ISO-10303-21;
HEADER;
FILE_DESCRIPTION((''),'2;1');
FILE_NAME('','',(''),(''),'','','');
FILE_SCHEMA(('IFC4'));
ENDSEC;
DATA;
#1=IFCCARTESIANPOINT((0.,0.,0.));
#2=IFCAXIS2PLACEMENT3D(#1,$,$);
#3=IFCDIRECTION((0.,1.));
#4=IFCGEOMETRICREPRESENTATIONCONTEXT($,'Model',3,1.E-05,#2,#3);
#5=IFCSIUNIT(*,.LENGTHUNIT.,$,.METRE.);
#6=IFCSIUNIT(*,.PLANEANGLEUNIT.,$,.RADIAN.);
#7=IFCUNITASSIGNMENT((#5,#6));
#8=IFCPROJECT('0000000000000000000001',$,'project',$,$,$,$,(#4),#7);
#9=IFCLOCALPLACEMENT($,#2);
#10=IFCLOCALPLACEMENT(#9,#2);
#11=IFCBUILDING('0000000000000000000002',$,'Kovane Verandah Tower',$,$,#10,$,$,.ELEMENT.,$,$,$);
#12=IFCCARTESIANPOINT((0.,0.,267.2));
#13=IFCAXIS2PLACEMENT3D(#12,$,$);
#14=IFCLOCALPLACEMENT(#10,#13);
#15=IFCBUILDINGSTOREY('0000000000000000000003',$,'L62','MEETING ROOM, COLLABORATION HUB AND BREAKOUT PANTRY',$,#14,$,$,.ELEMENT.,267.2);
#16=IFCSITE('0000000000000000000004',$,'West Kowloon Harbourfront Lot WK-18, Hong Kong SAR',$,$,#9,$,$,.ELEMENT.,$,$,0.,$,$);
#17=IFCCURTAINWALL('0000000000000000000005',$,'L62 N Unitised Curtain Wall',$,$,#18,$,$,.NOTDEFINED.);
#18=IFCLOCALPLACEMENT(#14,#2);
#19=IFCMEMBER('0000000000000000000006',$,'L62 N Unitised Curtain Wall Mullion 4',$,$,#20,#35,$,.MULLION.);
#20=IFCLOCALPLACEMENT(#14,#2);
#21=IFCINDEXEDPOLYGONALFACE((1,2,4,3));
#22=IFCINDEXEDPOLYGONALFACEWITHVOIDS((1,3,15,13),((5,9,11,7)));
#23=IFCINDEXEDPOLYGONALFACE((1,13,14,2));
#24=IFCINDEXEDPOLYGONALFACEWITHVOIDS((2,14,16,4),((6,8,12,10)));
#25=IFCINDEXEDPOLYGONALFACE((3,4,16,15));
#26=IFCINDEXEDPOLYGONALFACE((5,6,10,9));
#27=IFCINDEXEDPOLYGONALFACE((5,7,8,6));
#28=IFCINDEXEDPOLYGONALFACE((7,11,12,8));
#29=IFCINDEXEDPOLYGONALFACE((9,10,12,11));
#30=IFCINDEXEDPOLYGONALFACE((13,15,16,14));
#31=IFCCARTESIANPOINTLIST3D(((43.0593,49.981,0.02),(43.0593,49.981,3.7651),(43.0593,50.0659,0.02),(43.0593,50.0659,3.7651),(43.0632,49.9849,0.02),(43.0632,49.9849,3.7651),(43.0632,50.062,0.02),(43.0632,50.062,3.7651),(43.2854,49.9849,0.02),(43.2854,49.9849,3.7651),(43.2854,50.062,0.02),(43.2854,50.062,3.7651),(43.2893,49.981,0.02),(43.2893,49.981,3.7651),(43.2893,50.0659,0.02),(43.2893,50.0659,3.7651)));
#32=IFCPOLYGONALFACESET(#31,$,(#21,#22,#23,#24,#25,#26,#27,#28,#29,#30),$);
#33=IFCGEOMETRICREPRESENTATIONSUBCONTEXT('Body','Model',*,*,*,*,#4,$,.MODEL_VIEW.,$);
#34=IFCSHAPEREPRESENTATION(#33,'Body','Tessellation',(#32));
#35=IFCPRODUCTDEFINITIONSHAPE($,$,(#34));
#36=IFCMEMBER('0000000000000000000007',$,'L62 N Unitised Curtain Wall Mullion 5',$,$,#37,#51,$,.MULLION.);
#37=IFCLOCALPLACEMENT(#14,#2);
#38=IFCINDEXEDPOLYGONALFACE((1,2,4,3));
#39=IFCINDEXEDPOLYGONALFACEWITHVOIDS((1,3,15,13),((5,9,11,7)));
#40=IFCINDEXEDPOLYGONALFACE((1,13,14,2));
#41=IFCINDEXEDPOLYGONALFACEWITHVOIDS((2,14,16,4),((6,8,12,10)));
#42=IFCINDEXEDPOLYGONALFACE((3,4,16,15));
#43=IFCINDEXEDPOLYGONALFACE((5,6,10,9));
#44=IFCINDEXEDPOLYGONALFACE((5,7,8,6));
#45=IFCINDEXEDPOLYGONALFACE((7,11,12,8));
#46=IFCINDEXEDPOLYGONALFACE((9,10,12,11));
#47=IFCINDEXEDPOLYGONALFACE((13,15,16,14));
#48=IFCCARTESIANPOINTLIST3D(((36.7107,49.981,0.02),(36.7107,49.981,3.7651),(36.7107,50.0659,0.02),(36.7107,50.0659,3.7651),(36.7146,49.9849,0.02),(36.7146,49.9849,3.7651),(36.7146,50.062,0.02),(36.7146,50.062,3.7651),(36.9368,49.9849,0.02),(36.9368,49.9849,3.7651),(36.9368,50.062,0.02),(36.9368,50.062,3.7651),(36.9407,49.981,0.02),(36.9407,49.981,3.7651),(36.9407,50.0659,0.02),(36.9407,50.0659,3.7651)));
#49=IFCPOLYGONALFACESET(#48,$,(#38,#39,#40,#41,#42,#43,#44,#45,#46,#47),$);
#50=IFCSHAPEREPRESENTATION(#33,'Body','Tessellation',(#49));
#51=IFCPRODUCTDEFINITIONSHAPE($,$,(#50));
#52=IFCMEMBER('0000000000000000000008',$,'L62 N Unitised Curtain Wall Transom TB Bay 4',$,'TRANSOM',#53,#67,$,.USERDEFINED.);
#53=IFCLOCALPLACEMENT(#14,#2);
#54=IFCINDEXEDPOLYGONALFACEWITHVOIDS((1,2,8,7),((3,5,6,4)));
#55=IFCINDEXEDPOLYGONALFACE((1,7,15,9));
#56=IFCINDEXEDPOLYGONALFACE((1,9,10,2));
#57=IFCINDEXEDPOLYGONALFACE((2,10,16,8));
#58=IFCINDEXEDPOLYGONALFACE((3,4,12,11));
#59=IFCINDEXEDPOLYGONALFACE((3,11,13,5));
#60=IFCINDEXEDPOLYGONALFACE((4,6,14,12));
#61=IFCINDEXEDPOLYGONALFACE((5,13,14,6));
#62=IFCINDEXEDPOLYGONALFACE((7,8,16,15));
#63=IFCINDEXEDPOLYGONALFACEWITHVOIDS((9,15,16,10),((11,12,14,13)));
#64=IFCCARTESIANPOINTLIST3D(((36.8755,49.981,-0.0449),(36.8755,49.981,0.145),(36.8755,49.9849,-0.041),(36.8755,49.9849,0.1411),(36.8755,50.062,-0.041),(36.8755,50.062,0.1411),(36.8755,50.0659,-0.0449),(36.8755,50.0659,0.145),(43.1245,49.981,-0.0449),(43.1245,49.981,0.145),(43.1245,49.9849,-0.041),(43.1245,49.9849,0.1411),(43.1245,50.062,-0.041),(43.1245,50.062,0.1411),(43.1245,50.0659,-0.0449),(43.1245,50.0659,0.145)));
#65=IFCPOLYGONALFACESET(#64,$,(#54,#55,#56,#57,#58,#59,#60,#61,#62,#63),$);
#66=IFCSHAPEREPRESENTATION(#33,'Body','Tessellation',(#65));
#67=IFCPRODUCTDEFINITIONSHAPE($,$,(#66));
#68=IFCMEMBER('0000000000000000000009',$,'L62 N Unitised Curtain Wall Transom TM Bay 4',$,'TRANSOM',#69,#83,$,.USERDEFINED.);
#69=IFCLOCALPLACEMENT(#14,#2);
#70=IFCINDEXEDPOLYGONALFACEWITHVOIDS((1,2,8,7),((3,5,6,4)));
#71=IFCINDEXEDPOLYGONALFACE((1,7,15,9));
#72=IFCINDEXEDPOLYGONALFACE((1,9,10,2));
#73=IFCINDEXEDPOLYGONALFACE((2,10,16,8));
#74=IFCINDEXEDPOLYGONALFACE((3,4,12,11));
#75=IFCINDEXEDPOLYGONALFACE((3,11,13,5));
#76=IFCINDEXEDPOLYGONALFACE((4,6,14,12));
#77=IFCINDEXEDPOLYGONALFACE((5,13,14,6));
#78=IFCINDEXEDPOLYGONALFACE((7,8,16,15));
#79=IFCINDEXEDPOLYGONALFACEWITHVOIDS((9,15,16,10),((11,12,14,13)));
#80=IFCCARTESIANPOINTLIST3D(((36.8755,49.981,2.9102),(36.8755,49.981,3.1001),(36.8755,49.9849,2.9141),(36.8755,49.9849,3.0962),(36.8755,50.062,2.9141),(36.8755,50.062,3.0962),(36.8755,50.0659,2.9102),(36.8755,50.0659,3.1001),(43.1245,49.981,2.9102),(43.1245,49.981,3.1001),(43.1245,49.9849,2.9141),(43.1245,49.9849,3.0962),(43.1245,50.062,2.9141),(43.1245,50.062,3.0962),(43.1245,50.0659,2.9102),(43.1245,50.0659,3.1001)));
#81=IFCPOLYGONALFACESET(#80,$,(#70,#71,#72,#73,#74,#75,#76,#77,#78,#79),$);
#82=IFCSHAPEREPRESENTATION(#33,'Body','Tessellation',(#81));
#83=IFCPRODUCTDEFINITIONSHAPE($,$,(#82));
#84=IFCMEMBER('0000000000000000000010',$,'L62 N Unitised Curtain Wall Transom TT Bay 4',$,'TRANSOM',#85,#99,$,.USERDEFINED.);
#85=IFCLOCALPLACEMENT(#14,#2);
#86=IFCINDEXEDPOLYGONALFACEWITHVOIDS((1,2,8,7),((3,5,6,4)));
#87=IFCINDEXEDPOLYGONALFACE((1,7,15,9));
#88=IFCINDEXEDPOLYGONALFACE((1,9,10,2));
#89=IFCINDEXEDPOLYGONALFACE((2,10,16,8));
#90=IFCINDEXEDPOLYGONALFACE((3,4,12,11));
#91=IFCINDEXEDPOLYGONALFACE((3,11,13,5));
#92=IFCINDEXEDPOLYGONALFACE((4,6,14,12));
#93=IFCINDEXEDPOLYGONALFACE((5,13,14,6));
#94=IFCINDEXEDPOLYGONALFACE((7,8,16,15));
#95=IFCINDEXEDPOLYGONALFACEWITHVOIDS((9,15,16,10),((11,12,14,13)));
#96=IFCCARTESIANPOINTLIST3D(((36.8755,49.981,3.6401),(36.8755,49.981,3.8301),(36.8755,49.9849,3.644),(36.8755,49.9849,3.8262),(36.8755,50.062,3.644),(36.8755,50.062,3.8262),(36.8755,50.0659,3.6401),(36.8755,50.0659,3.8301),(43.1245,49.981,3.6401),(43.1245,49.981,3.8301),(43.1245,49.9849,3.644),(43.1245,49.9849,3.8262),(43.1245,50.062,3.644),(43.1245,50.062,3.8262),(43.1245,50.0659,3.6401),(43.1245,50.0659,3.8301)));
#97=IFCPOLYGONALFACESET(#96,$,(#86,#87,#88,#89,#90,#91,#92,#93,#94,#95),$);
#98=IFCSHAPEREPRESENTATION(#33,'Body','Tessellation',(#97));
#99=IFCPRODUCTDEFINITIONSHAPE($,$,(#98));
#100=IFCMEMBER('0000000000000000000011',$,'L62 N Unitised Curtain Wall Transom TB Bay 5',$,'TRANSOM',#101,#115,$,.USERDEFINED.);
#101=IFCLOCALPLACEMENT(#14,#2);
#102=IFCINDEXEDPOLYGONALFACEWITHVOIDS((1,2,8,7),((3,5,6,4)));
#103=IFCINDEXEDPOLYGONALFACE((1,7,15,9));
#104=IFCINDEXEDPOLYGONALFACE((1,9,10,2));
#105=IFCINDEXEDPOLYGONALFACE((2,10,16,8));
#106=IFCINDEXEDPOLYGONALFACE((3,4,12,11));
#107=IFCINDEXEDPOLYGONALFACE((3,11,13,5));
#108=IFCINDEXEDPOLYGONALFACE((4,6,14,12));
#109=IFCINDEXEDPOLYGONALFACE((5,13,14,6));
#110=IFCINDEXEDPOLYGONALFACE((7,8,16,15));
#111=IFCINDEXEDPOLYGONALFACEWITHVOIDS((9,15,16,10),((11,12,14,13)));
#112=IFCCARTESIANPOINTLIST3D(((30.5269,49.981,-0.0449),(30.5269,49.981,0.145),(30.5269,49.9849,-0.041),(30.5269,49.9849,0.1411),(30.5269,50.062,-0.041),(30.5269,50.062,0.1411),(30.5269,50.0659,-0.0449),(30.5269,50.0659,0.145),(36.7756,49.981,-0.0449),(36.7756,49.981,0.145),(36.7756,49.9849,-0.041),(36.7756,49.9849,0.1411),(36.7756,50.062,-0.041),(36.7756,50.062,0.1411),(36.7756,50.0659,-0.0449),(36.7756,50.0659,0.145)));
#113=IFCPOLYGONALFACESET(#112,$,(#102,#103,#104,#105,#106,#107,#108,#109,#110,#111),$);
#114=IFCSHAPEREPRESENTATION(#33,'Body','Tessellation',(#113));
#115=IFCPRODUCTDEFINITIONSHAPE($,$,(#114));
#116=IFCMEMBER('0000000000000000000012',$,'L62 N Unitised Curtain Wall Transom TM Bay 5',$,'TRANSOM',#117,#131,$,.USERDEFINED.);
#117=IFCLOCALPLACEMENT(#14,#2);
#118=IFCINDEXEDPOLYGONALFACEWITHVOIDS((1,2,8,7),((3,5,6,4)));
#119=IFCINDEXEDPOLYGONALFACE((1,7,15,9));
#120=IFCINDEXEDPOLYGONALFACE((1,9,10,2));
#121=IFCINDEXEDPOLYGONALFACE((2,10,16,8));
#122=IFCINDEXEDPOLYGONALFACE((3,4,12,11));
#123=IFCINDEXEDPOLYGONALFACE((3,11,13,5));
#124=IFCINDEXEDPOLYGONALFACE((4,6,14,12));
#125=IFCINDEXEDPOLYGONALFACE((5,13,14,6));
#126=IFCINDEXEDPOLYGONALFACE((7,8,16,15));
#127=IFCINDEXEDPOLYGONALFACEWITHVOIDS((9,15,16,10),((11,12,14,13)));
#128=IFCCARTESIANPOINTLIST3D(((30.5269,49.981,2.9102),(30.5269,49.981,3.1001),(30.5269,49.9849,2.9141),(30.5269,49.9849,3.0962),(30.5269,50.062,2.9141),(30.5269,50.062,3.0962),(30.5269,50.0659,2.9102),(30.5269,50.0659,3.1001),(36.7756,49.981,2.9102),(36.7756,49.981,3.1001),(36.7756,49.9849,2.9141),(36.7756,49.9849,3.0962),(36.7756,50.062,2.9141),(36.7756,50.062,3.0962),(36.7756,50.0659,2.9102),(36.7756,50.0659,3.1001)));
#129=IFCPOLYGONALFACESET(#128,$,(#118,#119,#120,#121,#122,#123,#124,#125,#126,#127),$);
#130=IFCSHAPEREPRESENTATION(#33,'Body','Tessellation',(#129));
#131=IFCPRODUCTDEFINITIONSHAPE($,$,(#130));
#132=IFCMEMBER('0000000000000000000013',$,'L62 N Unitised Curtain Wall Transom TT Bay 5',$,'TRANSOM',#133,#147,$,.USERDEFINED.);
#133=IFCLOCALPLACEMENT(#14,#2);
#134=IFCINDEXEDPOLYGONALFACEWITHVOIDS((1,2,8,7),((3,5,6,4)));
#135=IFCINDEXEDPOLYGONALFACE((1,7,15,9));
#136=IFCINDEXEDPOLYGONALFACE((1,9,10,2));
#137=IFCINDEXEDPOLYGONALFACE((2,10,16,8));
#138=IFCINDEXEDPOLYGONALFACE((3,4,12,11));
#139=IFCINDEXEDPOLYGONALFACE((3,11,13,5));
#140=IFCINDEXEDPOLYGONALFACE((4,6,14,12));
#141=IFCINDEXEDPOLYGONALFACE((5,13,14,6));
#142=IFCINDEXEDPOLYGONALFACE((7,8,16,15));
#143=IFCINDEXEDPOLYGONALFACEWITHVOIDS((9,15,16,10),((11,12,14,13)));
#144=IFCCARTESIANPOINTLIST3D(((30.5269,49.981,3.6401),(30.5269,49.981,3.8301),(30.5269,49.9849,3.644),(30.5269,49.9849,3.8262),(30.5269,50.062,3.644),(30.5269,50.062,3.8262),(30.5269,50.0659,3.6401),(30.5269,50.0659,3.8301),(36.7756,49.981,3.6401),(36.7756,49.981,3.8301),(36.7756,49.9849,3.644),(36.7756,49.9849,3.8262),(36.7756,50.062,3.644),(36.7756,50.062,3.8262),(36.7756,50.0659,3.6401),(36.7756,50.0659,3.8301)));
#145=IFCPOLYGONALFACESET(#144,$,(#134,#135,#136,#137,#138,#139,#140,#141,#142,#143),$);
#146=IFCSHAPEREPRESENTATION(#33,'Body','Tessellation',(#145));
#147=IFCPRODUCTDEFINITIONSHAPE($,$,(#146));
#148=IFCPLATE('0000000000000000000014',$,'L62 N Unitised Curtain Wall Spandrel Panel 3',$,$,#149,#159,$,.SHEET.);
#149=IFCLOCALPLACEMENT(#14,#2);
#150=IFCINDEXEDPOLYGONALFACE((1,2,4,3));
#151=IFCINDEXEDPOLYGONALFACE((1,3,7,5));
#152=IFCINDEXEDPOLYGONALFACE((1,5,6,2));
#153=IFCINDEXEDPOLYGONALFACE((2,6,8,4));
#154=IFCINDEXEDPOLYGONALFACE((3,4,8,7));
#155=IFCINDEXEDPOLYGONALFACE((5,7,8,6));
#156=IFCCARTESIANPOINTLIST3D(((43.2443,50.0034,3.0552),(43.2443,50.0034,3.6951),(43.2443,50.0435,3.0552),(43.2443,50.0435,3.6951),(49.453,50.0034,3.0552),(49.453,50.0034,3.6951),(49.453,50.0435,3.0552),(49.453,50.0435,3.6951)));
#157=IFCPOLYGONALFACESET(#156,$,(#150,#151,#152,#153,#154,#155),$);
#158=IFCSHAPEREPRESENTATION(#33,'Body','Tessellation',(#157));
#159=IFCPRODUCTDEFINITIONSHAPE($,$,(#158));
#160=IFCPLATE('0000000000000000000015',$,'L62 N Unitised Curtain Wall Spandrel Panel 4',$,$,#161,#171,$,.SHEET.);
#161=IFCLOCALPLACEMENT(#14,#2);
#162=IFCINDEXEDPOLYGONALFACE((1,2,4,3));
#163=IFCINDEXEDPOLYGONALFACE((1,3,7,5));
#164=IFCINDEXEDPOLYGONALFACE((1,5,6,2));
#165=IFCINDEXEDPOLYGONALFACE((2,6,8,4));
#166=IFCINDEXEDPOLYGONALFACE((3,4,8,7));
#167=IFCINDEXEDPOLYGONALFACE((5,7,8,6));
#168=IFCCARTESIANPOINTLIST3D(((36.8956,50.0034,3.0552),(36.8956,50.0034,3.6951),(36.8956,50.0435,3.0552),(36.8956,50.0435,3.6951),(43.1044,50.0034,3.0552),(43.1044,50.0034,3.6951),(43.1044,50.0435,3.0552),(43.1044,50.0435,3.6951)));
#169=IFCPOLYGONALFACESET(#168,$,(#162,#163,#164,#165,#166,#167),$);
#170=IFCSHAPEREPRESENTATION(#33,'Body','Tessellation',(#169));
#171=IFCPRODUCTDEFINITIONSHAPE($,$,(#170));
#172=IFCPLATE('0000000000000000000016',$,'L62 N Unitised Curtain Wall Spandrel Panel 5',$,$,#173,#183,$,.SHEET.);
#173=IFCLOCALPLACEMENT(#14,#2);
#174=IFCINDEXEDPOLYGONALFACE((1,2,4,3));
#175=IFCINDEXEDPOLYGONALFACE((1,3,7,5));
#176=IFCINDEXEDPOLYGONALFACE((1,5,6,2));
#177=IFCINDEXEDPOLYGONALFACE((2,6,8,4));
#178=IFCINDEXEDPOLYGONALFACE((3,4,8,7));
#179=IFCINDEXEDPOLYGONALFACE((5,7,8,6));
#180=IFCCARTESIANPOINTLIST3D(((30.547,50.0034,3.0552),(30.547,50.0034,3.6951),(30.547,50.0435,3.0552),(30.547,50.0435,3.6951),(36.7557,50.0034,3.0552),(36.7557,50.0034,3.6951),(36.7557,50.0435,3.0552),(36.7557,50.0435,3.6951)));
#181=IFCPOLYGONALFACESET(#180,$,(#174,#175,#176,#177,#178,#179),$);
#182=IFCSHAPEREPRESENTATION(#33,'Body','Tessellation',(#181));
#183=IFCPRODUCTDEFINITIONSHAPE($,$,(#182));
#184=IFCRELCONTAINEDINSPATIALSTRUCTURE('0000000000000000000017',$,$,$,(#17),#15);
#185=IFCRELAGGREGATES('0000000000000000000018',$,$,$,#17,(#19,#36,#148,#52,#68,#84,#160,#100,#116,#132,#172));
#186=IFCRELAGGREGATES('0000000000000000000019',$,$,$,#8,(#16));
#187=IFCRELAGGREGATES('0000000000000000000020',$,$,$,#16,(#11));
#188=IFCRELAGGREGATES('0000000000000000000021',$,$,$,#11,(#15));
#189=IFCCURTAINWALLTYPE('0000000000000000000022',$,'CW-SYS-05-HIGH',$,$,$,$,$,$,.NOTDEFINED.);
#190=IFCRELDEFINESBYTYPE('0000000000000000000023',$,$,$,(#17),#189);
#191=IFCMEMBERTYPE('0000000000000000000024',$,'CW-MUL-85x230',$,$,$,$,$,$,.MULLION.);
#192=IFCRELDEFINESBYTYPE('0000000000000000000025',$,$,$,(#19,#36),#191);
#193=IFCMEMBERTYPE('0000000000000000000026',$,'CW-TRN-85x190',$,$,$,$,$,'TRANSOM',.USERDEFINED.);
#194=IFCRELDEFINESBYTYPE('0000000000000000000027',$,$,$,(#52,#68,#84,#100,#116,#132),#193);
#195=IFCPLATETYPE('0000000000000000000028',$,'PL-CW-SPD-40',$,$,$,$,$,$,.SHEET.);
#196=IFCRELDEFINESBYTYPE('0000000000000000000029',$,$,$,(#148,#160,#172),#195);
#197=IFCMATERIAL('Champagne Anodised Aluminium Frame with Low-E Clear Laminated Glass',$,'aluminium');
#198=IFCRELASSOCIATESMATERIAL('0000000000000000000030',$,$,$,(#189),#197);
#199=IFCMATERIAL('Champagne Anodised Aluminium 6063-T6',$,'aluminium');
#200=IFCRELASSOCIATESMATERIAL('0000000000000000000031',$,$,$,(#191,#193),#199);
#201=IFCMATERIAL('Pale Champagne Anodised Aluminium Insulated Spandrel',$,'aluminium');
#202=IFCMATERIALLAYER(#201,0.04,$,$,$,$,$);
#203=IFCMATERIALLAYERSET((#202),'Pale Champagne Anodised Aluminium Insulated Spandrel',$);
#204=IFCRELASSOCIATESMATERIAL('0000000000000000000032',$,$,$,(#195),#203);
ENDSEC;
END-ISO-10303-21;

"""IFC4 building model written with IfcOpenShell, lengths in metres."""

from ifc_helpers import new_model, si_unit, direction, frame, origin, origin_2d, place, context, subcontext, project, spatial, rectangle, hollow_rectangle, extrude, material, layer, layer_set, material_profile, profile_set, type_object, element, aggregate, save


model = new_model("IFC4")

# Units and contexts
model_context = context("Model", 3, precision=1e-05, world=origin(), true_north=direction((0.0, 1.0)))
body_context = subcontext(model_context, "Body", "Model", "MODEL_VIEW")
ifc_project = project(units=[si_unit("LENGTHUNIT", "METRE"), si_unit("PLANEANGLEUNIT", "RADIAN")], contexts=[model_context])

# Site, building, storey
site_placement = place(None, origin())
site = spatial("IfcSite", under=ifc_project, at=site_placement, Name="West Kowloon Harbourfront Lot WK-18, Hong Kong SAR", CompositionType="ELEMENT", RefElevation=0.0)
building_placement = place(site_placement, origin())
building = spatial("IfcBuilding", under=site, at=building_placement, Name="Kovane Verandah Tower", CompositionType="ELEMENT")
storey_placement = place(building_placement, frame((0.0, 0.0, 267.2)))
storey = spatial("IfcBuildingStorey", under=building, at=storey_placement, Name="L62", Description="MEETING ROOM, COLLABORATION HUB AND BREAKOUT PANTRY", CompositionType="ELEMENT", Elevation=267.2)

# Curtain wall, members, plates
ifc_material_1 = material(Name="Champagne Anodised Aluminium Frame with Low-E Clear Laminated Glass", Category="aluminium")
curtain_wall_type = type_object("IfcCurtainWallType", Name="CW-SYS-05-HIGH", PredefinedType="NOTDEFINED", material=ifc_material_1)
curtain_wall_placement = place(storey_placement, origin())
curtain_wall = element("IfcCurtainWall", 1, at=curtain_wall_placement, inside=storey, type_object=curtain_wall_type, Name="L62 N Unitised Curtain Wall", PredefinedType="NOTDEFINED")
ifc_material_2 = material(Name="Champagne Anodised Aluminium 6063-T6", Category="aluminium")
ifc_material_profile_1 = material_profile(ifc_material_2, hollow_rectangle(XDim=0.085, YDim=0.23, WallThickness=0.0039, at=origin_2d()), Name="AL85x230x4")
ifc_profile_set_1 = profile_set([ifc_material_profile_1], Name="Champagne Anodised Aluminium 6063-T6")
member_type_1 = type_object("IfcMemberType", Name="CW-MUL-85x230", PredefinedType="MULLION", material=ifc_profile_set_1)
member_1_placement = place(storey_placement, frame((43.1743, 50.0234, 0.02), z_axis=(0.0, 0.0, 1.0), x_axis=(0.0, 1.0, 0.0)))
member_1 = element("IfcMember", 2, at=member_1_placement, type_object=member_type_1, Name="L62 N Unitised Curtain Wall Mullion 4", PredefinedType="MULLION", context=body_context, shape_type="SweptSolid", body=[
    extrude(hollow_rectangle(XDim=0.085, YDim=0.23, WallThickness=0.0039, at=origin_2d()), origin(), (0.0, 0.0, 1.0), 3.7451),
])
member_2_placement = place(storey_placement, frame((36.8257, 50.0234, 0.02), z_axis=(0.0, 0.0, 1.0), x_axis=(0.0, 1.0, 0.0)))
member_2 = element("IfcMember", 3, at=member_2_placement, type_object=member_type_1, Name="L62 N Unitised Curtain Wall Mullion 5", PredefinedType="MULLION", context=body_context, shape_type="SweptSolid", body=[
    extrude(hollow_rectangle(XDim=0.085, YDim=0.23, WallThickness=0.0039, at=origin_2d()), origin(), (0.0, 0.0, 1.0), 3.7451),
])
ifc_material_profile_2 = material_profile(ifc_material_2, hollow_rectangle(XDim=0.085, YDim=0.1899, WallThickness=0.0039, at=origin_2d()), Name="AL85x190x4")
ifc_profile_set_2 = profile_set([ifc_material_profile_2], Name="Champagne Anodised Aluminium 6063-T6")
member_type_2 = type_object("IfcMemberType", Name="CW-TRN-85x190", ElementType="TRANSOM", PredefinedType="USERDEFINED", material=ifc_profile_set_2)
member_3_placement = place(storey_placement, frame((43.1245, 50.0234, 0.05), z_axis=(-1.0, 0.0, 0.0), x_axis=(0.0, -1.0, 0.0)))
member_3 = element("IfcMember", 4, at=member_3_placement, type_object=member_type_2, Name="L62 N Unitised Curtain Wall Transom TB Bay 4", ObjectType="TRANSOM", PredefinedType="USERDEFINED", context=body_context, shape_type="SweptSolid", body=[
    extrude(hollow_rectangle(XDim=0.085, YDim=0.1899, WallThickness=0.0039, at=origin_2d()), origin(), (0.0, 0.0, 1.0), 6.249),
])
member_4_placement = place(storey_placement, frame((43.1245, 50.0234, 3.0051), z_axis=(-1.0, 0.0, 0.0), x_axis=(0.0, -1.0, 0.0)))
member_4 = element("IfcMember", 5, at=member_4_placement, type_object=member_type_2, Name="L62 N Unitised Curtain Wall Transom TM Bay 4", ObjectType="TRANSOM", PredefinedType="USERDEFINED", context=body_context, shape_type="SweptSolid", body=[
    extrude(hollow_rectangle(XDim=0.085, YDim=0.1899, WallThickness=0.0039, at=origin_2d()), origin(), (0.0, 0.0, 1.0), 6.249),
])
member_5_placement = place(storey_placement, frame((43.1245, 50.0234, 3.7351), z_axis=(-1.0, 0.0, 0.0), x_axis=(0.0, -1.0, 0.0)))
member_5 = element("IfcMember", 6, at=member_5_placement, type_object=member_type_2, Name="L62 N Unitised Curtain Wall Transom TT Bay 4", ObjectType="TRANSOM", PredefinedType="USERDEFINED", context=body_context, shape_type="SweptSolid", body=[
    extrude(hollow_rectangle(XDim=0.085, YDim=0.1899, WallThickness=0.0039, at=origin_2d()), origin(), (0.0, 0.0, 1.0), 6.249),
])
member_6_placement = place(storey_placement, frame((36.7756, 50.0234, 0.05), z_axis=(-1.0, 0.0, 0.0), x_axis=(0.0, -1.0, 0.0)))
member_6 = element("IfcMember", 7, at=member_6_placement, type_object=member_type_2, Name="L62 N Unitised Curtain Wall Transom TB Bay 5", ObjectType="TRANSOM", PredefinedType="USERDEFINED", context=body_context, shape_type="SweptSolid", body=[
    extrude(hollow_rectangle(XDim=0.085, YDim=0.1899, WallThickness=0.0039, at=origin_2d()), origin(), (0.0, 0.0, 1.0), 6.2488),
])
member_7_placement = place(storey_placement, frame((36.7756, 50.0234, 3.0051), z_axis=(-1.0, 0.0, 0.0), x_axis=(0.0, -1.0, 0.0)))
member_7 = element("IfcMember", 8, at=member_7_placement, type_object=member_type_2, Name="L62 N Unitised Curtain Wall Transom TM Bay 5", ObjectType="TRANSOM", PredefinedType="USERDEFINED", context=body_context, shape_type="SweptSolid", body=[
    extrude(hollow_rectangle(XDim=0.085, YDim=0.1899, WallThickness=0.0039, at=origin_2d()), origin(), (0.0, 0.0, 1.0), 6.2488),
])
member_8_placement = place(storey_placement, frame((36.7756, 50.0234, 3.7351), z_axis=(-1.0, 0.0, 0.0), x_axis=(0.0, -1.0, 0.0)))
member_8 = element("IfcMember", 9, at=member_8_placement, type_object=member_type_2, Name="L62 N Unitised Curtain Wall Transom TT Bay 5", ObjectType="TRANSOM", PredefinedType="USERDEFINED", context=body_context, shape_type="SweptSolid", body=[
    extrude(hollow_rectangle(XDim=0.085, YDim=0.1899, WallThickness=0.0039, at=origin_2d()), origin(), (0.0, 0.0, 1.0), 6.2488),
])
ifc_material_3 = material(Name="Pale Champagne Anodised Aluminium Insulated Spandrel", Category="aluminium")
ifc_layer_1 = layer(ifc_material_3, 0.04)
ifc_layer_set_1 = layer_set([ifc_layer_1], Name="Pale Champagne Anodised Aluminium Insulated Spandrel")
plate_type_1 = type_object("IfcPlateType", Name="PL-CW-SPD-40", PredefinedType="SHEET", material=ifc_layer_set_1)
plate_1_placement = place(storey_placement, frame((46.3486, 50.0234, 3.0552), z_axis=(0.0, 0.0, 1.0), x_axis=(-1.0, 0.0, 0.0)))
plate_1 = element("IfcPlate", 10, at=plate_1_placement, type_object=plate_type_1, Name="L62 N Unitised Curtain Wall Spandrel Panel 3", PredefinedType="SHEET", context=body_context, shape_type="SweptSolid", body=[
    extrude(rectangle(XDim=6.2087, YDim=0.04, at=origin_2d()), origin(), (0.0, 0.0, 1.0), 0.6399),
])
plate_2_placement = place(storey_placement, frame((40.0, 50.0234, 3.0552), z_axis=(0.0, 0.0, 1.0), x_axis=(-1.0, 0.0, 0.0)))
plate_2 = element("IfcPlate", 11, at=plate_2_placement, type_object=plate_type_1, Name="L62 N Unitised Curtain Wall Spandrel Panel 4", PredefinedType="SHEET", context=body_context, shape_type="SweptSolid", body=[
    extrude(rectangle(XDim=6.2087, YDim=0.04, at=origin_2d()), origin(), (0.0, 0.0, 1.0), 0.6399),
])
plate_3_placement = place(storey_placement, frame((33.6514, 50.0234, 3.0552), z_axis=(0.0, 0.0, 1.0), x_axis=(-1.0, 0.0, 0.0)))
plate_3 = element("IfcPlate", 12, at=plate_3_placement, type_object=plate_type_1, Name="L62 N Unitised Curtain Wall Spandrel Panel 5", PredefinedType="SHEET", context=body_context, shape_type="SweptSolid", body=[
    extrude(rectangle(XDim=6.2087, YDim=0.04, at=origin_2d()), origin(), (0.0, 0.0, 1.0), 0.6399),
])
aggregate(curtain_wall, [member_1, member_2, plate_1, member_3, member_4, member_5, plate_2, member_6, member_7, member_8, plate_3])

save(model, "model.ifc")
